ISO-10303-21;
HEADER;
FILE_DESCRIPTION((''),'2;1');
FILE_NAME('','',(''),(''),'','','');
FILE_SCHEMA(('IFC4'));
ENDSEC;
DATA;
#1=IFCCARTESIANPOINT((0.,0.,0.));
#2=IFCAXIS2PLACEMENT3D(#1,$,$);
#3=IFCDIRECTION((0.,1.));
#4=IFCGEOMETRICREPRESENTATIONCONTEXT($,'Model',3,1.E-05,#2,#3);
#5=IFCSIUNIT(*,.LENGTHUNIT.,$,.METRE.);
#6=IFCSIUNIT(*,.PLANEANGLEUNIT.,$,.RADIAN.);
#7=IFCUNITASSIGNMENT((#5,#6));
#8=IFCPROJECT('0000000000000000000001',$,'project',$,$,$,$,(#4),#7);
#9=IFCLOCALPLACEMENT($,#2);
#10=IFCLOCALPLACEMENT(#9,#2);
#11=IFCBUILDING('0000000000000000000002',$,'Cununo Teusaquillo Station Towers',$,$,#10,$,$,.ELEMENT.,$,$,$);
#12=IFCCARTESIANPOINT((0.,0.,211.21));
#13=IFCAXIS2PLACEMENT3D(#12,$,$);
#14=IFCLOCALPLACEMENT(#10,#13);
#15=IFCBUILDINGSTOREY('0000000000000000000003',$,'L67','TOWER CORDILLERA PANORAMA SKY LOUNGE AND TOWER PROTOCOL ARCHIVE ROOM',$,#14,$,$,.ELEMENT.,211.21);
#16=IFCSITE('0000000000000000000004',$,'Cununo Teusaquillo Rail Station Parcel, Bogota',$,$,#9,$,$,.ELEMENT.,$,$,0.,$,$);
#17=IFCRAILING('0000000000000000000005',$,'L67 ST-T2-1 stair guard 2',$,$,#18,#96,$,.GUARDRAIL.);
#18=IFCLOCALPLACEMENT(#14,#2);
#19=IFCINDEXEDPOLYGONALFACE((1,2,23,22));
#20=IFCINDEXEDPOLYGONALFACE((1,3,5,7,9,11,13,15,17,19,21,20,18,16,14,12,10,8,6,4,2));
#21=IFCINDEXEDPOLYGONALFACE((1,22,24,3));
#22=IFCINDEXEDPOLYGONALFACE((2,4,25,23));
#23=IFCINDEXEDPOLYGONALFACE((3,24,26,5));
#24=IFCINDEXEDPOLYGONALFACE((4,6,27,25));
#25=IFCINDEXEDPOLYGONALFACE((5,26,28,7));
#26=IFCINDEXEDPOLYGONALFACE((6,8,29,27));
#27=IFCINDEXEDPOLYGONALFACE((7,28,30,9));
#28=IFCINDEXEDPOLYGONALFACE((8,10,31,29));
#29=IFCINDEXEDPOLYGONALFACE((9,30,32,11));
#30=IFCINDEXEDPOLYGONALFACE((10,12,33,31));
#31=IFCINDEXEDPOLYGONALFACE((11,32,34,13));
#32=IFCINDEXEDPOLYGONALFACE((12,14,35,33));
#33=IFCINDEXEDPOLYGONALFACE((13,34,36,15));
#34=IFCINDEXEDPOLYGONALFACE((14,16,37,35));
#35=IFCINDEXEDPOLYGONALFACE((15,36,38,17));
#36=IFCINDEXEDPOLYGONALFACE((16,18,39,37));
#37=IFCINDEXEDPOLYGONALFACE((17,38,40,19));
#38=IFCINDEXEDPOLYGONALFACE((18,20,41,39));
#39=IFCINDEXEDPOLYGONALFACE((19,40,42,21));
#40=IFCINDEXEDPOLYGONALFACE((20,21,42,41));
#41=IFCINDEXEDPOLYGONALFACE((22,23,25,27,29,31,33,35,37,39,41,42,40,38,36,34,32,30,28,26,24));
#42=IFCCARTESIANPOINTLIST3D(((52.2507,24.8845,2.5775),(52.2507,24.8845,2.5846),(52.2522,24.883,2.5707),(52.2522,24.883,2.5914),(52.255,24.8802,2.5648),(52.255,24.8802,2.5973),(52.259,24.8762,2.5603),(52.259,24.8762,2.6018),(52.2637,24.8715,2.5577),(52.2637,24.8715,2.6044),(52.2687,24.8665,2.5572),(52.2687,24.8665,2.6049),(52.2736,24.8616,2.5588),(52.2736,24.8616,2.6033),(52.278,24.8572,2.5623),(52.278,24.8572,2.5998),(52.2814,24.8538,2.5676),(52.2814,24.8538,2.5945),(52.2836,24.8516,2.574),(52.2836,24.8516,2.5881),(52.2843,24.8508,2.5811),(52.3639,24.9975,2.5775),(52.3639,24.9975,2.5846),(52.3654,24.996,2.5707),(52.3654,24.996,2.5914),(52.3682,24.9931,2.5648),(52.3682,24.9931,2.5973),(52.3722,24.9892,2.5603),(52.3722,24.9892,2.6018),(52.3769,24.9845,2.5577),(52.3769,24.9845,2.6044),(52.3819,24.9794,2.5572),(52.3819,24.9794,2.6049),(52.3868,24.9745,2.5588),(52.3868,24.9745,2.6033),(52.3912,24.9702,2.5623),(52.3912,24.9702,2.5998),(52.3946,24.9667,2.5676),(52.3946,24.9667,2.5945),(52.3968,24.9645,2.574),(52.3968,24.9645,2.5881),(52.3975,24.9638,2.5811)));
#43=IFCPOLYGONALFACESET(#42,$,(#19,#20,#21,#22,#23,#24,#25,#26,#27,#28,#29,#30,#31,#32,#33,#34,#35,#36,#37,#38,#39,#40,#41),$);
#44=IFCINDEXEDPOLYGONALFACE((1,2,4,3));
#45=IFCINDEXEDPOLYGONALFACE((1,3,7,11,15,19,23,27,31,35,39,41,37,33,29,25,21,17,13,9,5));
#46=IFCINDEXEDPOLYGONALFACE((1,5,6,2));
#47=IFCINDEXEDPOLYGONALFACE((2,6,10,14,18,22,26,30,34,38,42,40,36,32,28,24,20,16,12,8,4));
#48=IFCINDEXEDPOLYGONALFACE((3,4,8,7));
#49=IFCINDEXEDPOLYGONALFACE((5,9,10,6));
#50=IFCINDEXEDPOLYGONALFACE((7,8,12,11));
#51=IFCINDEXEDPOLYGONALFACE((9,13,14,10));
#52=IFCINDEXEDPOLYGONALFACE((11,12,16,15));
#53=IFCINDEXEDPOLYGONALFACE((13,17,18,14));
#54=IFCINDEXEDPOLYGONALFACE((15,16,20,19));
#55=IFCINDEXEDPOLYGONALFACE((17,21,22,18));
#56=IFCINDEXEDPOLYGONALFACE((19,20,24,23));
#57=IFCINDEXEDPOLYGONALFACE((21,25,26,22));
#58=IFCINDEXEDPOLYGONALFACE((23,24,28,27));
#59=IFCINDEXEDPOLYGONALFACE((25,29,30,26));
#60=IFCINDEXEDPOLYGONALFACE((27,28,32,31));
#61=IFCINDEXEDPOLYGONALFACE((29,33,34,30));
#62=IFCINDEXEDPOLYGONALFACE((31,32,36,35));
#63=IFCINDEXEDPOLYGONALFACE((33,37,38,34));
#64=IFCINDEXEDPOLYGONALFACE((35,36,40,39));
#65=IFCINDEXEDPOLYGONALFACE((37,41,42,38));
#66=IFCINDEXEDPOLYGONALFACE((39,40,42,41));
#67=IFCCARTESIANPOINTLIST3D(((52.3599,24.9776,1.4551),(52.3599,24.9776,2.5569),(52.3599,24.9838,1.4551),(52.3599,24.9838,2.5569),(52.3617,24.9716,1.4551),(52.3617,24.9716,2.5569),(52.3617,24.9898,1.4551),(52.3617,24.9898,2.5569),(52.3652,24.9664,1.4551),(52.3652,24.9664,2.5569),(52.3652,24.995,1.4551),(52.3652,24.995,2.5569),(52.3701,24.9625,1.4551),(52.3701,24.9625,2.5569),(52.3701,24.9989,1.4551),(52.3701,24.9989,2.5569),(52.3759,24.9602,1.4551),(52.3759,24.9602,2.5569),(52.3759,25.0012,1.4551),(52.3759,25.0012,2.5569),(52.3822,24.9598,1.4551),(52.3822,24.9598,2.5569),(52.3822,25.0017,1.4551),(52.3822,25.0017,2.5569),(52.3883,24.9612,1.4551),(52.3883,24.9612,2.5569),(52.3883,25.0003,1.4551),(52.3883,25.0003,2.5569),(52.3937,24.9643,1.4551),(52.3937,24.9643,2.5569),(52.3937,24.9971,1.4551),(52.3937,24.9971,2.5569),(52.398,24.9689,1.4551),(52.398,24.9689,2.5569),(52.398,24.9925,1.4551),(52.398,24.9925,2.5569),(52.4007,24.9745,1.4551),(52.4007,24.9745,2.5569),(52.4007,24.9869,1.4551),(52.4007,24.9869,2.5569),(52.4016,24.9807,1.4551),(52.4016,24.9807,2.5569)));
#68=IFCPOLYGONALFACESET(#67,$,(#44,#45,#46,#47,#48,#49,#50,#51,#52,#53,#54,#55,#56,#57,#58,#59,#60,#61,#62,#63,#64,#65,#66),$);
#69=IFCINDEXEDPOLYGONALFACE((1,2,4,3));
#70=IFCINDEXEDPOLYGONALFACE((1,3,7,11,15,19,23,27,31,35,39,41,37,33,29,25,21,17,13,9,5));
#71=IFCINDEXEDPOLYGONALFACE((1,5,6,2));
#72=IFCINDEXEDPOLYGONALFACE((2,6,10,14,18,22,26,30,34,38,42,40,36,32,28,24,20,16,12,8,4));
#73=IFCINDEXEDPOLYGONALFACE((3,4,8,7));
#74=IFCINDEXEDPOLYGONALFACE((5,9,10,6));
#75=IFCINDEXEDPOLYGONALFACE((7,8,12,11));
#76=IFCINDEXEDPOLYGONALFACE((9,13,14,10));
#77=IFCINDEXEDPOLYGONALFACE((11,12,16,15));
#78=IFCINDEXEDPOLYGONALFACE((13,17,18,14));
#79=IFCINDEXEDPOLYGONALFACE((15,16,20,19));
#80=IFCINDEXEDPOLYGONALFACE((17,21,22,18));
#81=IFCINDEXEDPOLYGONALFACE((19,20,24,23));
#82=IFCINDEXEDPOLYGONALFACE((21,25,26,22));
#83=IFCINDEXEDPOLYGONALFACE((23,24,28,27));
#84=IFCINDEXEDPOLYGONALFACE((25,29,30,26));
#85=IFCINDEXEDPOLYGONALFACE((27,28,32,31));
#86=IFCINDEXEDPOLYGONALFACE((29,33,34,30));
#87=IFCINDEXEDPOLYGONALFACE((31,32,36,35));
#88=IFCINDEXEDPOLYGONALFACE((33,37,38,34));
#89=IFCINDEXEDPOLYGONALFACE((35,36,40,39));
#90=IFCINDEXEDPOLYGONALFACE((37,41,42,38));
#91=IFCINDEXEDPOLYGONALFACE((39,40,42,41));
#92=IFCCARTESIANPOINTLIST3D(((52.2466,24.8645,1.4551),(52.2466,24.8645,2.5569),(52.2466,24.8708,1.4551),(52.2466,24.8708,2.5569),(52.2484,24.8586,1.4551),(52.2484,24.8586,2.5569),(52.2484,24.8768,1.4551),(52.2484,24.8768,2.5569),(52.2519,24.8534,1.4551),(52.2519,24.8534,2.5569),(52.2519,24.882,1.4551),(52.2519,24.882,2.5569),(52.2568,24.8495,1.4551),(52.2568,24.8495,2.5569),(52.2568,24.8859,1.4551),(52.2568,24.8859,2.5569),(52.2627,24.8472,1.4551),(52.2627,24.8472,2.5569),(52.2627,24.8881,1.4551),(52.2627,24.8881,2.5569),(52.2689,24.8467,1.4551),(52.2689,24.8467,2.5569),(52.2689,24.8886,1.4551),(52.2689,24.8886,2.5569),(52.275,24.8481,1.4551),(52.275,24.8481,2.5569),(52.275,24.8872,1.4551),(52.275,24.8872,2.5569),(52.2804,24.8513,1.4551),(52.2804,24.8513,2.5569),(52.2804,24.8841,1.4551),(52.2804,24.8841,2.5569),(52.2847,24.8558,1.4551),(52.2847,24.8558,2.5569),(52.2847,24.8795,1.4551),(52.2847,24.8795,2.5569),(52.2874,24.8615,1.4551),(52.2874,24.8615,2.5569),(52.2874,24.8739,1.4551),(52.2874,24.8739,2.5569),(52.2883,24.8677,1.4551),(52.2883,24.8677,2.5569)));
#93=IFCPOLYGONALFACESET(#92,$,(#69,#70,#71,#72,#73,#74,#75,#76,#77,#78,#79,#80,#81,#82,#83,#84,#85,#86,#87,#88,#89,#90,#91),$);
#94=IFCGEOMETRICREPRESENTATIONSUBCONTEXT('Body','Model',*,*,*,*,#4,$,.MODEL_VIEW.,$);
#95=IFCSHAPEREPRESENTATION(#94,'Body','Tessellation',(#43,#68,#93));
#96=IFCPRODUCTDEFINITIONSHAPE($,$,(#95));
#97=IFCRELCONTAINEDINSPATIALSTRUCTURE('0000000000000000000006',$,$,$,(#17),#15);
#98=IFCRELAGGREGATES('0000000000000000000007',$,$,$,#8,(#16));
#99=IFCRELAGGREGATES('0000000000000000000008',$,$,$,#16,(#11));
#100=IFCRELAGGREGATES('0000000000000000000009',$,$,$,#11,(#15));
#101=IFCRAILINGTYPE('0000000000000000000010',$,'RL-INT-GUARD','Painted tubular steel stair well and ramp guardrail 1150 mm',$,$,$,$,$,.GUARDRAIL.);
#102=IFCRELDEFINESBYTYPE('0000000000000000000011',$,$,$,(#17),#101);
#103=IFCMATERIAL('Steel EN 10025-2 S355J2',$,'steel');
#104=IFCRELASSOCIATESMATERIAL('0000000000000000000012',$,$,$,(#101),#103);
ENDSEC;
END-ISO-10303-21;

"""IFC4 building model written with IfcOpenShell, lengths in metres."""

from ifc_helpers import new_model, si_unit, direction, frame, origin, origin_2d, place, context, subcontext, project, spatial, circle, extrude, material, type_object, element, save


model = new_model("IFC4")

# Units and contexts
model_context = context("Model", 3, precision=1e-05, world=origin(), true_north=direction((0.0, 1.0)))
body_context = subcontext(model_context, "Body", "Model", "MODEL_VIEW")
ifc_project = project(units=[si_unit("LENGTHUNIT", "METRE"), si_unit("PLANEANGLEUNIT", "RADIAN")], contexts=[model_context])

# Site, building, storey
site_placement = place(None, origin())
site = spatial("IfcSite", under=ifc_project, at=site_placement, Name="Cununo Teusaquillo Rail Station Parcel, Bogota", CompositionType="ELEMENT", RefElevation=0.0)
building_placement = place(site_placement, origin())
building = spatial("IfcBuilding", under=site, at=building_placement, Name="Cununo Teusaquillo Station Towers", CompositionType="ELEMENT")
storey_placement = place(building_placement, frame((0.0, 0.0, 211.21)))
storey = spatial("IfcBuildingStorey", under=building, at=storey_placement, Name="L67", Description="TOWER CORDILLERA PANORAMA SKY LOUNGE AND TOWER PROTOCOL ARCHIVE ROOM", CompositionType="ELEMENT", Elevation=211.21)

# Railing
ifc_material_1 = material(Name="Steel EN 10025-2 S355J2", Category="steel")
railing_type_1 = type_object("IfcRailingType", Name="RL-INT-GUARD", Description="Painted tubular steel stair well and ramp guardrail 1150 mm", PredefinedType="GUARDRAIL", material=ifc_material_1)
railing_1_placement = place(storey_placement, frame((52.3806, 24.9807, 1.4551)))
element("IfcRailing", 1, at=railing_1_placement, inside=storey, type_object=railing_type_1, Name="L67 ST-T2-1 stair guard 2", PredefinedType="GUARDRAIL", context=body_context, shape_type="SweptSolid", body=[
    extrude(circle(Radius=0.0239, at=origin_2d()), frame((0.0, 0.0, 1.126), z_axis=(-0.707869, -0.706344, 0.0), x_axis=(0.706344, -0.707869, 0.0)), (0.0, 0.0, 1.0), 0.1599),
    extrude(circle(Radius=0.021, at=origin_2d()), origin(), (0.0, 0.0, 1.0), 1.1018),
    extrude(circle(Radius=0.021, at=origin_2d()), frame((-0.1133, -0.113, 0.0)), (0.0, 0.0, 1.0), 1.1018),
])

save(model, "model.ifc")
